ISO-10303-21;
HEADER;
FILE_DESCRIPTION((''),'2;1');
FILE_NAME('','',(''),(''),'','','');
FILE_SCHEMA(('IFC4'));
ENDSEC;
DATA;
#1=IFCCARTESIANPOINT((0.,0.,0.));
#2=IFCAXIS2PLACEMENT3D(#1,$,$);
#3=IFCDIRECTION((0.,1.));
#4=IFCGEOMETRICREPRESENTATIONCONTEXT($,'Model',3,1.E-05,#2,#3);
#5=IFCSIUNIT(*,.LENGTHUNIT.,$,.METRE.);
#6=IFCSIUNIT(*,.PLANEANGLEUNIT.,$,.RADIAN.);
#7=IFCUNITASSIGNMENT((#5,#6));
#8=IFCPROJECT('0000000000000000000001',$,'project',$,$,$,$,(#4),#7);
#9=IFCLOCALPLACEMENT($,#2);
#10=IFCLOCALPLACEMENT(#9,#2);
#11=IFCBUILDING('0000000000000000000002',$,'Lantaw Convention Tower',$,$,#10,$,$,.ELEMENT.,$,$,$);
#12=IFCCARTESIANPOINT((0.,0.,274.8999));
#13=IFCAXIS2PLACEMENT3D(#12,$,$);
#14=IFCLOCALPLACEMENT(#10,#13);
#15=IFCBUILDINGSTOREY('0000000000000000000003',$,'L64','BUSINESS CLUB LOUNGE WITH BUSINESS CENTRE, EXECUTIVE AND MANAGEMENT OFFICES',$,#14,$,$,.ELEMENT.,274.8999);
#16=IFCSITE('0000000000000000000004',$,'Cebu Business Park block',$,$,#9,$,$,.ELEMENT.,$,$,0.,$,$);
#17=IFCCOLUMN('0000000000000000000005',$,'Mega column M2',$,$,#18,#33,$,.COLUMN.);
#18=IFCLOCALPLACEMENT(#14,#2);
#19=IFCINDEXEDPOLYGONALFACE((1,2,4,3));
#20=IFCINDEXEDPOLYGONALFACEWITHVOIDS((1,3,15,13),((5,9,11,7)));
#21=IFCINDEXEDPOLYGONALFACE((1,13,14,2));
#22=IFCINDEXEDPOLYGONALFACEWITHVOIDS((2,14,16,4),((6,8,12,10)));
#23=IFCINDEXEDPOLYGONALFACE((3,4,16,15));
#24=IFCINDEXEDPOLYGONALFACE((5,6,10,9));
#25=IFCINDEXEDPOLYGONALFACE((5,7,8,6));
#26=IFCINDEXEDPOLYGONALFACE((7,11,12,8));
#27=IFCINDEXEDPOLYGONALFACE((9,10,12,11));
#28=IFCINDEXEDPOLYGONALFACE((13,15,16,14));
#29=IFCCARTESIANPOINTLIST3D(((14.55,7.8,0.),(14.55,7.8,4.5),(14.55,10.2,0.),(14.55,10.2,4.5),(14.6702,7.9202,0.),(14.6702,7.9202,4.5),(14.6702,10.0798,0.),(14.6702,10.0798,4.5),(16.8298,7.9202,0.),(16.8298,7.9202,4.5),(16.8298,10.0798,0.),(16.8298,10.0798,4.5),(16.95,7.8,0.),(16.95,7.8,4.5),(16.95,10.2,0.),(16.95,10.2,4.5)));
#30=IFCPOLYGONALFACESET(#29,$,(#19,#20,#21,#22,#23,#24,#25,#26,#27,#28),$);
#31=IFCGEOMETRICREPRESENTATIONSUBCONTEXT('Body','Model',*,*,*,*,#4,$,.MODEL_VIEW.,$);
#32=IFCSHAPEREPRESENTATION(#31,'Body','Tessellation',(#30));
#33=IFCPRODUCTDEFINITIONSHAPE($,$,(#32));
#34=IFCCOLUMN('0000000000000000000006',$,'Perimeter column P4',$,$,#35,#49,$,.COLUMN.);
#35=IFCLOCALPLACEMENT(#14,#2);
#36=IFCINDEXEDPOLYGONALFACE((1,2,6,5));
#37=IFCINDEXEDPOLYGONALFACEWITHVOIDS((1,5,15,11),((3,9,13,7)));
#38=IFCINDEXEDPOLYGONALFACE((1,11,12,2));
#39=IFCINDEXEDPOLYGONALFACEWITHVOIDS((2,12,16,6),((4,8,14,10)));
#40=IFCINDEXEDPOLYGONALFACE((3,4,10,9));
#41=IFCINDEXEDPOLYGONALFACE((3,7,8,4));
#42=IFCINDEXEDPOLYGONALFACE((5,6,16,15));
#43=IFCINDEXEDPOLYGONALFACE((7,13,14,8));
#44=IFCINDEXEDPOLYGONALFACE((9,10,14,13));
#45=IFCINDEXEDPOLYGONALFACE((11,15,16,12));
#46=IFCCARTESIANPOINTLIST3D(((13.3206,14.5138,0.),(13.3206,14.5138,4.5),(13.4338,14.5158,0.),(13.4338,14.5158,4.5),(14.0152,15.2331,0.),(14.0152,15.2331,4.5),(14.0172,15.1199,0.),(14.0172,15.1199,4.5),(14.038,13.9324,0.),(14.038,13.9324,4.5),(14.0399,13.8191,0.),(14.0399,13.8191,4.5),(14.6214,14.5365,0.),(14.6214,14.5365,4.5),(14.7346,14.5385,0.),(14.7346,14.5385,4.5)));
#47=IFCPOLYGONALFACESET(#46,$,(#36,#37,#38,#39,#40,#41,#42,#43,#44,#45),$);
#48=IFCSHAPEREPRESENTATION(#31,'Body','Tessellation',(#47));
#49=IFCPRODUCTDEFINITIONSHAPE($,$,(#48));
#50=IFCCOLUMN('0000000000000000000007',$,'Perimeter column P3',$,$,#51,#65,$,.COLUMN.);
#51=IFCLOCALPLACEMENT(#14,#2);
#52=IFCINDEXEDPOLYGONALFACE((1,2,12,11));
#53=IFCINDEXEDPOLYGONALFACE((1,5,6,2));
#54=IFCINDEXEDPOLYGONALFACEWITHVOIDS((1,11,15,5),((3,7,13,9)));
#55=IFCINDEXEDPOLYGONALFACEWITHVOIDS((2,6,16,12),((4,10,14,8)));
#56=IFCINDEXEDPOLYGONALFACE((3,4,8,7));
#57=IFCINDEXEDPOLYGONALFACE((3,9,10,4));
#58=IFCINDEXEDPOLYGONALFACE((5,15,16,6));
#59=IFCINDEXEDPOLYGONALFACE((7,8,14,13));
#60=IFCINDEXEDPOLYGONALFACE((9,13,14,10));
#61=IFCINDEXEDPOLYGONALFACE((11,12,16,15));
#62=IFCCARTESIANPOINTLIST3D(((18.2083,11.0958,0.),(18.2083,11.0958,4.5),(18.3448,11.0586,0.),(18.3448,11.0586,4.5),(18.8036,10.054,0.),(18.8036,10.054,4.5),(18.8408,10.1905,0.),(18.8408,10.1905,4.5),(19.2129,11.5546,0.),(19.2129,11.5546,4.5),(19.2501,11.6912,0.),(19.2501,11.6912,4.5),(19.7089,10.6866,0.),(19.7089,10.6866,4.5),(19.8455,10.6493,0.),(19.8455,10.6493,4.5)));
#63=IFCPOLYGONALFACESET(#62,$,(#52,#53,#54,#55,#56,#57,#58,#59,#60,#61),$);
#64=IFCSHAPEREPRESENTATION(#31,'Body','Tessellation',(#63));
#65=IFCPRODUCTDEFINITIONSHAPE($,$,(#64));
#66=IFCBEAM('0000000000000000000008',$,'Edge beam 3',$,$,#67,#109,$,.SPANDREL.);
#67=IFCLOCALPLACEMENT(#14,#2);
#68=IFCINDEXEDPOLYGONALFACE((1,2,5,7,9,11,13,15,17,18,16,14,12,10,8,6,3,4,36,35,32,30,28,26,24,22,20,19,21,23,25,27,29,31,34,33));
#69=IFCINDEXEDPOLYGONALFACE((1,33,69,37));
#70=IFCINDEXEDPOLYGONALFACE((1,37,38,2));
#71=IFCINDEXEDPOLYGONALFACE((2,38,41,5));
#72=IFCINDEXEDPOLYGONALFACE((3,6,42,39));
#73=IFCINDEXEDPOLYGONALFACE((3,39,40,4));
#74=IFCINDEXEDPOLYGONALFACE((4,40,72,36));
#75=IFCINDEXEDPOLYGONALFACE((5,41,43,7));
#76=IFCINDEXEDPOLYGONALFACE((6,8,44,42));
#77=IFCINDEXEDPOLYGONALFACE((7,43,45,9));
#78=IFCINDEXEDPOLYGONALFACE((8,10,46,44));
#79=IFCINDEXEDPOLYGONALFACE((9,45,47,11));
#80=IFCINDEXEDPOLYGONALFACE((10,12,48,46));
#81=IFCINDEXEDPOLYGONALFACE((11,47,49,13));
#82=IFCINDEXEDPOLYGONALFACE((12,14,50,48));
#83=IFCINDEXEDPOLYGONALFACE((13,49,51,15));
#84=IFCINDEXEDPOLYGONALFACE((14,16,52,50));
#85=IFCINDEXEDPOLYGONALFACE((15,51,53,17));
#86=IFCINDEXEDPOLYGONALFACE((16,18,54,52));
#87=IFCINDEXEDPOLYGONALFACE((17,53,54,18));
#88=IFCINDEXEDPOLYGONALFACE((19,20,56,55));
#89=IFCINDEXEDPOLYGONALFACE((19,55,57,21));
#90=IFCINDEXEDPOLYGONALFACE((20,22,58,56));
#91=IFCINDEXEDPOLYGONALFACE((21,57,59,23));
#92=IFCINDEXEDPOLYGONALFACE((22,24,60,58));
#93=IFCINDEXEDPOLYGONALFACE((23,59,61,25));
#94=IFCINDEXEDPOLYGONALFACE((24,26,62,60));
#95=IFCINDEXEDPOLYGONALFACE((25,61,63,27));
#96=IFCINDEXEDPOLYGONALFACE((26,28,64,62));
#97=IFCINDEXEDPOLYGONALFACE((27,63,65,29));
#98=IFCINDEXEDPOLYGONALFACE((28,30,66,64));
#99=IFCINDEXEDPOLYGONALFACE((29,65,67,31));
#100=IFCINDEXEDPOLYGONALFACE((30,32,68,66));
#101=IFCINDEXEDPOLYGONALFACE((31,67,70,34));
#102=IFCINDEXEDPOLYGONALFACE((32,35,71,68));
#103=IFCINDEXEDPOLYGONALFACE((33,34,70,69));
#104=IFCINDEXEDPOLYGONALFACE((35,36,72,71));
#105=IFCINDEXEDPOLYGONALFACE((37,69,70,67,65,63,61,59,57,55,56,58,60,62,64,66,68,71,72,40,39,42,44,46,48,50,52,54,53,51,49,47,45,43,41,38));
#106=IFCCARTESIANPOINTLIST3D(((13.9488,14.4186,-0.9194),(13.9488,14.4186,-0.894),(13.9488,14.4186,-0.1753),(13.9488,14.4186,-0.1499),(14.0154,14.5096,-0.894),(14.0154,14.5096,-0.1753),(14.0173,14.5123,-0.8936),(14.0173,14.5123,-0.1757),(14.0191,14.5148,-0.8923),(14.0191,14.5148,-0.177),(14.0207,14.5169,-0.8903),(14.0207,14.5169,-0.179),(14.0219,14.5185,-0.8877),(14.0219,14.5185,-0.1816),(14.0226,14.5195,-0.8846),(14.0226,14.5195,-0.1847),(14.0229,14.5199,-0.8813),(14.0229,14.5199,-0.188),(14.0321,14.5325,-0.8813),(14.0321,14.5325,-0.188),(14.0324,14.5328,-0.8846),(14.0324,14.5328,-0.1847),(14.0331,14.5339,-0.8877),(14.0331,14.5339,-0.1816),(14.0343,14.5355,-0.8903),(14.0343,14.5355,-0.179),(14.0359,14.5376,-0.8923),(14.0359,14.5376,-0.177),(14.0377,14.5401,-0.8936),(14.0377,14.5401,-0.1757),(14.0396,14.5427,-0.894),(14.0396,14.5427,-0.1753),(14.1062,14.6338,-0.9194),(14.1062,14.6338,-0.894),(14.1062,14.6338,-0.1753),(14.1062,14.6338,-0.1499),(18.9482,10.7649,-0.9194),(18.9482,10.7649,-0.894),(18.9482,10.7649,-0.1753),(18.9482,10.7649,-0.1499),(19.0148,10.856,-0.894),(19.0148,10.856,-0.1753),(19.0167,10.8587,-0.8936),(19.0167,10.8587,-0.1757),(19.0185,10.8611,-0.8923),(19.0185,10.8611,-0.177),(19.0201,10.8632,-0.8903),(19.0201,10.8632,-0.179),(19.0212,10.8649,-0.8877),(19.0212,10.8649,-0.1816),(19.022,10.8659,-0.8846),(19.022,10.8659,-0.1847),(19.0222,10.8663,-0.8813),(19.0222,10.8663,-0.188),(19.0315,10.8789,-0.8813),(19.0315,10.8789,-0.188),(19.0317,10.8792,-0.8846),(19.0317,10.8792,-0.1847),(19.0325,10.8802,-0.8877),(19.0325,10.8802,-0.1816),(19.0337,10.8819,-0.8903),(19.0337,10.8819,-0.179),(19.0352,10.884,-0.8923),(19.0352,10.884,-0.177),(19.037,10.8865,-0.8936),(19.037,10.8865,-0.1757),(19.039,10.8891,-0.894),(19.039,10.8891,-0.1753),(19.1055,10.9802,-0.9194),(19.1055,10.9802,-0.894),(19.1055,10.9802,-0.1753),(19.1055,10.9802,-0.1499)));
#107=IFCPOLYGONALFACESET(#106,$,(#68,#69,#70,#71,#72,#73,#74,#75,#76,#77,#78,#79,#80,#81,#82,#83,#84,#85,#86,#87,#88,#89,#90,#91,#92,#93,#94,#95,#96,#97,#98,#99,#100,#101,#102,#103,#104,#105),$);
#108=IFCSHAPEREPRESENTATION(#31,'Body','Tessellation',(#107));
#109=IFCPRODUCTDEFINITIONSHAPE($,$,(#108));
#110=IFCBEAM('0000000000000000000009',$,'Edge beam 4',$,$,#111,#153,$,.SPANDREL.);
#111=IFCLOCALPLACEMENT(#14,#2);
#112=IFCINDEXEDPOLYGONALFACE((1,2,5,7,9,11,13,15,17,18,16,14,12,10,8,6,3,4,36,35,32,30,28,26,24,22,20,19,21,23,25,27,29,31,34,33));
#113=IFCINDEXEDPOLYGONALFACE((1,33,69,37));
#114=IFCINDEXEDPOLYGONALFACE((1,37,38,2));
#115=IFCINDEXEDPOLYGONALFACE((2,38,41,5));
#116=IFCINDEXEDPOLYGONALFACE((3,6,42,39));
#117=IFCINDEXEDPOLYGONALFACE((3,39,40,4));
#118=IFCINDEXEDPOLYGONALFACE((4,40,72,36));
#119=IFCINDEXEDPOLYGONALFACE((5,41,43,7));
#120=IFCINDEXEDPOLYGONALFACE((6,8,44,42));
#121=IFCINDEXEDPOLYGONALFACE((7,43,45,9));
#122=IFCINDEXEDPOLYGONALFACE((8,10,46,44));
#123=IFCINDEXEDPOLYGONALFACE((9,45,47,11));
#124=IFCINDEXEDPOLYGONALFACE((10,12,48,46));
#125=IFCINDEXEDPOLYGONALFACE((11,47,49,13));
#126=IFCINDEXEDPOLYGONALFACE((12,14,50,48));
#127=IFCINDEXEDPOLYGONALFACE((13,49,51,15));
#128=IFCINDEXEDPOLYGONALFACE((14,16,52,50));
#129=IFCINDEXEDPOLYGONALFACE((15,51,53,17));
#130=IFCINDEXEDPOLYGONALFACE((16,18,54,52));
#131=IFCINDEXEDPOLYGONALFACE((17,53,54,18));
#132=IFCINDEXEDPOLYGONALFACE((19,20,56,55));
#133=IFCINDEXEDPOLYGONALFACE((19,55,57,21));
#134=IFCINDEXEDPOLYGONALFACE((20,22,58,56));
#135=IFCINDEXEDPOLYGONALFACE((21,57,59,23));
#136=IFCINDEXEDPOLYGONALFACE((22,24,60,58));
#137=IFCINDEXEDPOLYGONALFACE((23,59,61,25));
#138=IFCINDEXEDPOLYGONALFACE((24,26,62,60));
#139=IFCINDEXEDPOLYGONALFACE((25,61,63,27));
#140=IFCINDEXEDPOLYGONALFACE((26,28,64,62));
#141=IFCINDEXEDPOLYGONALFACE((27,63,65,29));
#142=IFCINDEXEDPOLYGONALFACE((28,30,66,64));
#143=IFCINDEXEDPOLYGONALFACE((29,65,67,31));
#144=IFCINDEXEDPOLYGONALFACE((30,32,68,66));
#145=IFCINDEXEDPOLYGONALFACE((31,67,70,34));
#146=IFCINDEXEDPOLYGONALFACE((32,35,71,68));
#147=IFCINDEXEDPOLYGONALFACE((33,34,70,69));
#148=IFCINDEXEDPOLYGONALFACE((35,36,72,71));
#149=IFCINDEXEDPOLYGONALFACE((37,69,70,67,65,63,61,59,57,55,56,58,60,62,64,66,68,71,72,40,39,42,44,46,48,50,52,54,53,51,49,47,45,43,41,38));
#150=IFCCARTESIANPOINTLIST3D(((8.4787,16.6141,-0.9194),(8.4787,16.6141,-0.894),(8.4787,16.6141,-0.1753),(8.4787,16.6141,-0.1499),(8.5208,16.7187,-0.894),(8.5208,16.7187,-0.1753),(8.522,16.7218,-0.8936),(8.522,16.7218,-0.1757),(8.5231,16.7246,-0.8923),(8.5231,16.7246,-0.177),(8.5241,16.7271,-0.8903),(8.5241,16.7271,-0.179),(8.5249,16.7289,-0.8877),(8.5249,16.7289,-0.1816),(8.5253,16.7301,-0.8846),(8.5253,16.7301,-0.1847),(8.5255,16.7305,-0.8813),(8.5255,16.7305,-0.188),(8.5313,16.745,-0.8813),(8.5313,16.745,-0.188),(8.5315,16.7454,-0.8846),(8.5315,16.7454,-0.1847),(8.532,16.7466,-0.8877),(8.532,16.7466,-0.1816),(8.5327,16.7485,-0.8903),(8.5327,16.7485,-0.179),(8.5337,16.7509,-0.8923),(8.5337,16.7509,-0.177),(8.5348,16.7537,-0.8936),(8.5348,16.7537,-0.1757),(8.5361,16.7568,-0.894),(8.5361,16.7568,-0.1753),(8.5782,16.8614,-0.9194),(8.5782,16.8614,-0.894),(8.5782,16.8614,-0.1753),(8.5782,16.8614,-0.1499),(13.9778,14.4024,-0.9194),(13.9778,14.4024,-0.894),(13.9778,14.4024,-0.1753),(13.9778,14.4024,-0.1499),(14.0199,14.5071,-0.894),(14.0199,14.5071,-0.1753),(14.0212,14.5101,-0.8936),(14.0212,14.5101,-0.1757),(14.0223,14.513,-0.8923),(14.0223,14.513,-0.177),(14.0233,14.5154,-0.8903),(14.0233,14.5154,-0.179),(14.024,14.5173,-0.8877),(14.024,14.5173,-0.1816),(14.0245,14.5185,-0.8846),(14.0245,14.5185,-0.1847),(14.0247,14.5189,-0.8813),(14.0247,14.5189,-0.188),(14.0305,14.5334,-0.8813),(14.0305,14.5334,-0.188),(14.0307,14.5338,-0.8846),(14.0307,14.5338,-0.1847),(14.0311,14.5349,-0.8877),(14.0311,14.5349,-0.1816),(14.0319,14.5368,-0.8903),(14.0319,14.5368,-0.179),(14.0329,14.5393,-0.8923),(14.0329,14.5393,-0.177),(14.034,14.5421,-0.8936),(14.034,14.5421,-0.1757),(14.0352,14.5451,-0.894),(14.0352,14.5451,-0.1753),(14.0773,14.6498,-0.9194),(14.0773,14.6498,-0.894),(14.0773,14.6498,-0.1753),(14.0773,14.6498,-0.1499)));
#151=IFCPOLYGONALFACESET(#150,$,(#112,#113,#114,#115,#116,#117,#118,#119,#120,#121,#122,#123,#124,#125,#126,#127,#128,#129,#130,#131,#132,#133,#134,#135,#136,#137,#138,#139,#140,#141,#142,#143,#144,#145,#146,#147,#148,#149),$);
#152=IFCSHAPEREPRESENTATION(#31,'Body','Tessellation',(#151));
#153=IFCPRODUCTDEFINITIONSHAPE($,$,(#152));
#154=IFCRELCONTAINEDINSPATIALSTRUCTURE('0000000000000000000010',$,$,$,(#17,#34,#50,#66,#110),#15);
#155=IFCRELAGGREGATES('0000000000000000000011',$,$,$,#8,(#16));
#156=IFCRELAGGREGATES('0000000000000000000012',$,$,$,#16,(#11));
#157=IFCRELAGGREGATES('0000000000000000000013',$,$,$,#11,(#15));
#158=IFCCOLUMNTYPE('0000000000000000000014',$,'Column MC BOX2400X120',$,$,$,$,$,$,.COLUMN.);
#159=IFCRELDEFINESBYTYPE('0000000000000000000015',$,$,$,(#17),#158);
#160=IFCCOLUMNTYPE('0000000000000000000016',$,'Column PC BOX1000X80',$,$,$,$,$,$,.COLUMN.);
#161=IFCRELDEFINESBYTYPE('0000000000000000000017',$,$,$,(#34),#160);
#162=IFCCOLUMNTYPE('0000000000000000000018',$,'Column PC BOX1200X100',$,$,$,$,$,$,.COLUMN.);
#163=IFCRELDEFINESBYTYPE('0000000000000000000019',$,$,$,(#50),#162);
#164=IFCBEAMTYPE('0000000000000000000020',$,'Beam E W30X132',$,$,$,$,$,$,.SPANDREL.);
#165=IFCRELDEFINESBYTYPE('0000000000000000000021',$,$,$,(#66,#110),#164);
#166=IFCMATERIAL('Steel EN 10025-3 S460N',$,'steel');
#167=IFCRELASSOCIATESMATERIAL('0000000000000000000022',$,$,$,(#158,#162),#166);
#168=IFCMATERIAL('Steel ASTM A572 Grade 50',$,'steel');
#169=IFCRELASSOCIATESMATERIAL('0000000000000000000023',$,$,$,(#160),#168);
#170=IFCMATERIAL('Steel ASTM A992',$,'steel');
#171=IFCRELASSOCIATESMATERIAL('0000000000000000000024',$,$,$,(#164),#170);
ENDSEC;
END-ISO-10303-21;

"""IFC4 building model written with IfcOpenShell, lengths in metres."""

from ifc_helpers import new_model, si_unit, direction, frame, origin, origin_2d, place, context, subcontext, project, spatial, rectangle, hollow_rectangle, i_section, extrude, material, material_profile, profile_set, type_object, element, save


model = new_model("IFC4")

# Units and contexts
model_context = context("Model", 3, precision=1e-05, world=origin(), true_north=direction((0.0, 1.0)))
body_context = subcontext(model_context, "Body", "Model", "MODEL_VIEW")
ifc_project = project(units=[si_unit("LENGTHUNIT", "METRE"), si_unit("PLANEANGLEUNIT", "RADIAN")], contexts=[model_context])

# Site, building, storey
site_placement = place(None, origin())
site = spatial("IfcSite", under=ifc_project, at=site_placement, Name="Cebu Business Park block", CompositionType="ELEMENT", RefElevation=0.0)
building_placement = place(site_placement, origin())
building = spatial("IfcBuilding", under=site, at=building_placement, Name="Lantaw Convention Tower", CompositionType="ELEMENT")
storey_placement = place(building_placement, frame((0.0, 0.0, 274.8999)))
storey = spatial("IfcBuildingStorey", under=building, at=storey_placement, Name="L64", Description="BUSINESS CLUB LOUNGE WITH BUSINESS CENTRE, EXECUTIVE AND MANAGEMENT OFFICES", CompositionType="ELEMENT", Elevation=274.8999)

# Columns
ifc_material_1 = material(Name="Steel EN 10025-3 S460N", Category="steel")
ifc_material_profile_1 = material_profile(ifc_material_1, hollow_rectangle(XDim=2.3999, YDim=2.3999, WallThickness=0.1201, at=origin_2d()), Name="BOX2400X120")
ifc_material_2 = material(Name="Concrete C60/75", Category="concrete")
ifc_material_profile_2 = material_profile(ifc_material_2, rectangle(XDim=2.1599, YDim=2.1599, at=origin_2d()), Name="Concrete fill of BOX2400X120")
ifc_profile_set_1 = profile_set([ifc_material_profile_1, ifc_material_profile_2], Name="Steel EN 10025-3 S460N")
column_type_1 = type_object("IfcColumnType", Name="Column MC BOX2400X120", PredefinedType="COLUMN", material=ifc_profile_set_1)
column_1_placement = place(storey_placement, frame((15.75, 9.0, 0.0), z_axis=(0.0, 0.0, 1.0), x_axis=(1.0, 0.0, 0.0)))
element("IfcColumn", 1, at=column_1_placement, inside=storey, type_object=column_type_1, Name="Mega column M2", PredefinedType="COLUMN", context=body_context, shape_type="SweptSolid", body=[
    extrude(hollow_rectangle(XDim=2.3999, YDim=2.3999, WallThickness=0.1201, at=origin_2d()), origin(), (0.0, 0.0, 1.0), 4.5),
])
ifc_material_3 = material(Name="Steel ASTM A572 Grade 50", Category="steel")
ifc_material_profile_3 = material_profile(ifc_material_3, hollow_rectangle(XDim=1.0, YDim=1.0, WallThickness=0.0801, at=origin_2d()), Name="BOX1000X80")
ifc_material_profile_4 = material_profile(ifc_material_2, rectangle(XDim=0.8401, YDim=0.8401, at=origin_2d()), Name="Concrete fill of BOX1000X80")
ifc_profile_set_2 = profile_set([ifc_material_profile_3, ifc_material_profile_4], Name="Steel ASTM A572 Grade 50")
column_type_2 = type_object("IfcColumnType", Name="Column PC BOX1000X80", PredefinedType="COLUMN", material=ifc_profile_set_2)
column_2_placement = place(storey_placement, frame((14.0276, 14.5261, 0.0), z_axis=(0.0, 0.0, 1.0), x_axis=(0.694658, 0.71934, 0.0)))
element("IfcColumn", 2, at=column_2_placement, inside=storey, type_object=column_type_2, Name="Perimeter column P4", PredefinedType="COLUMN", context=body_context, shape_type="SweptSolid", body=[
    extrude(hollow_rectangle(XDim=1.0, YDim=1.0, WallThickness=0.0801, at=origin_2d()), origin(), (0.0, 0.0, 1.0), 4.5),
])
ifc_material_profile_5 = material_profile(ifc_material_1, hollow_rectangle(XDim=1.2, YDim=1.2, WallThickness=0.1001, at=origin_2d()), Name="BOX1200X100")
ifc_material_profile_6 = material_profile(ifc_material_2, rectangle(XDim=1.0, YDim=1.0, at=origin_2d()), Name="Concrete fill of BOX1200X100")
ifc_profile_set_3 = profile_set([ifc_material_profile_5, ifc_material_profile_6], Name="Steel EN 10025-3 S460N")
column_type_3 = type_object("IfcColumnType", Name="Column PC BOX1200X100", PredefinedType="COLUMN", material=ifc_profile_set_3)
column_3_placement = place(storey_placement, frame((19.0269, 10.8726, 0.0), z_axis=(0.0, 0.0, 1.0), x_axis=(0.868243, 0.496139, 0.0)))
element("IfcColumn", 3, at=column_3_placement, inside=storey, type_object=column_type_3, Name="Perimeter column P3", PredefinedType="COLUMN", context=body_context, shape_type="SweptSolid", body=[
    extrude(hollow_rectangle(XDim=1.2, YDim=1.2, WallThickness=0.1001, at=origin_2d()), origin(), (0.0, 0.0, 1.0), 4.5),
])

# Beams
ifc_material_4 = material(Name="Steel ASTM A992", Category="steel")
ifc_material_profile_7 = material_profile(ifc_material_4, i_section(OverallWidth=0.2666, OverallDepth=0.7695, WebThickness=0.0156, FlangeThickness=0.0254, FilletRadius=0.0127, at=origin_2d()), Name="W30X132")
ifc_profile_set_4 = profile_set([ifc_material_profile_7], Name="Steel ASTM A992")
beam_type_1 = type_object("IfcBeamType", Name="Beam E W30X132", PredefinedType="SPANDREL", material=ifc_profile_set_4)
beam_1_placement = place(storey_placement, frame((19.0269, 10.8726, -0.5347), z_axis=(-0.807372, 0.590043, 0.0), x_axis=(-0.590043, -0.807372, 0.0)))
element("IfcBeam", 4, at=beam_1_placement, inside=storey, type_object=beam_type_1, Name="Edge beam 3", PredefinedType="SPANDREL", context=body_context, shape_type="SweptSolid", body=[
    extrude(i_section(OverallWidth=0.2666, OverallDepth=0.7695, WebThickness=0.0156, FlangeThickness=0.0254, FilletRadius=0.0127, at=origin_2d()), origin(), (0.0, 0.0, 1.0), 6.1921),
])
beam_2_placement = place(storey_placement, frame((14.0276, 14.5261, -0.5347), z_axis=(-0.927779, 0.37313, 0.0), x_axis=(-0.37313, -0.927779, 0.0)))
element("IfcBeam", 5, at=beam_2_placement, inside=storey, type_object=beam_type_1, Name="Edge beam 4", PredefinedType="SPANDREL", context=body_context, shape_type="SweptSolid", body=[
    extrude(i_section(OverallWidth=0.2666, OverallDepth=0.7695, WebThickness=0.0156, FlangeThickness=0.0254, FilletRadius=0.0127, at=origin_2d()), origin(), (0.0, 0.0, 1.0), 5.9272),
])

save(model, "model.ifc")
